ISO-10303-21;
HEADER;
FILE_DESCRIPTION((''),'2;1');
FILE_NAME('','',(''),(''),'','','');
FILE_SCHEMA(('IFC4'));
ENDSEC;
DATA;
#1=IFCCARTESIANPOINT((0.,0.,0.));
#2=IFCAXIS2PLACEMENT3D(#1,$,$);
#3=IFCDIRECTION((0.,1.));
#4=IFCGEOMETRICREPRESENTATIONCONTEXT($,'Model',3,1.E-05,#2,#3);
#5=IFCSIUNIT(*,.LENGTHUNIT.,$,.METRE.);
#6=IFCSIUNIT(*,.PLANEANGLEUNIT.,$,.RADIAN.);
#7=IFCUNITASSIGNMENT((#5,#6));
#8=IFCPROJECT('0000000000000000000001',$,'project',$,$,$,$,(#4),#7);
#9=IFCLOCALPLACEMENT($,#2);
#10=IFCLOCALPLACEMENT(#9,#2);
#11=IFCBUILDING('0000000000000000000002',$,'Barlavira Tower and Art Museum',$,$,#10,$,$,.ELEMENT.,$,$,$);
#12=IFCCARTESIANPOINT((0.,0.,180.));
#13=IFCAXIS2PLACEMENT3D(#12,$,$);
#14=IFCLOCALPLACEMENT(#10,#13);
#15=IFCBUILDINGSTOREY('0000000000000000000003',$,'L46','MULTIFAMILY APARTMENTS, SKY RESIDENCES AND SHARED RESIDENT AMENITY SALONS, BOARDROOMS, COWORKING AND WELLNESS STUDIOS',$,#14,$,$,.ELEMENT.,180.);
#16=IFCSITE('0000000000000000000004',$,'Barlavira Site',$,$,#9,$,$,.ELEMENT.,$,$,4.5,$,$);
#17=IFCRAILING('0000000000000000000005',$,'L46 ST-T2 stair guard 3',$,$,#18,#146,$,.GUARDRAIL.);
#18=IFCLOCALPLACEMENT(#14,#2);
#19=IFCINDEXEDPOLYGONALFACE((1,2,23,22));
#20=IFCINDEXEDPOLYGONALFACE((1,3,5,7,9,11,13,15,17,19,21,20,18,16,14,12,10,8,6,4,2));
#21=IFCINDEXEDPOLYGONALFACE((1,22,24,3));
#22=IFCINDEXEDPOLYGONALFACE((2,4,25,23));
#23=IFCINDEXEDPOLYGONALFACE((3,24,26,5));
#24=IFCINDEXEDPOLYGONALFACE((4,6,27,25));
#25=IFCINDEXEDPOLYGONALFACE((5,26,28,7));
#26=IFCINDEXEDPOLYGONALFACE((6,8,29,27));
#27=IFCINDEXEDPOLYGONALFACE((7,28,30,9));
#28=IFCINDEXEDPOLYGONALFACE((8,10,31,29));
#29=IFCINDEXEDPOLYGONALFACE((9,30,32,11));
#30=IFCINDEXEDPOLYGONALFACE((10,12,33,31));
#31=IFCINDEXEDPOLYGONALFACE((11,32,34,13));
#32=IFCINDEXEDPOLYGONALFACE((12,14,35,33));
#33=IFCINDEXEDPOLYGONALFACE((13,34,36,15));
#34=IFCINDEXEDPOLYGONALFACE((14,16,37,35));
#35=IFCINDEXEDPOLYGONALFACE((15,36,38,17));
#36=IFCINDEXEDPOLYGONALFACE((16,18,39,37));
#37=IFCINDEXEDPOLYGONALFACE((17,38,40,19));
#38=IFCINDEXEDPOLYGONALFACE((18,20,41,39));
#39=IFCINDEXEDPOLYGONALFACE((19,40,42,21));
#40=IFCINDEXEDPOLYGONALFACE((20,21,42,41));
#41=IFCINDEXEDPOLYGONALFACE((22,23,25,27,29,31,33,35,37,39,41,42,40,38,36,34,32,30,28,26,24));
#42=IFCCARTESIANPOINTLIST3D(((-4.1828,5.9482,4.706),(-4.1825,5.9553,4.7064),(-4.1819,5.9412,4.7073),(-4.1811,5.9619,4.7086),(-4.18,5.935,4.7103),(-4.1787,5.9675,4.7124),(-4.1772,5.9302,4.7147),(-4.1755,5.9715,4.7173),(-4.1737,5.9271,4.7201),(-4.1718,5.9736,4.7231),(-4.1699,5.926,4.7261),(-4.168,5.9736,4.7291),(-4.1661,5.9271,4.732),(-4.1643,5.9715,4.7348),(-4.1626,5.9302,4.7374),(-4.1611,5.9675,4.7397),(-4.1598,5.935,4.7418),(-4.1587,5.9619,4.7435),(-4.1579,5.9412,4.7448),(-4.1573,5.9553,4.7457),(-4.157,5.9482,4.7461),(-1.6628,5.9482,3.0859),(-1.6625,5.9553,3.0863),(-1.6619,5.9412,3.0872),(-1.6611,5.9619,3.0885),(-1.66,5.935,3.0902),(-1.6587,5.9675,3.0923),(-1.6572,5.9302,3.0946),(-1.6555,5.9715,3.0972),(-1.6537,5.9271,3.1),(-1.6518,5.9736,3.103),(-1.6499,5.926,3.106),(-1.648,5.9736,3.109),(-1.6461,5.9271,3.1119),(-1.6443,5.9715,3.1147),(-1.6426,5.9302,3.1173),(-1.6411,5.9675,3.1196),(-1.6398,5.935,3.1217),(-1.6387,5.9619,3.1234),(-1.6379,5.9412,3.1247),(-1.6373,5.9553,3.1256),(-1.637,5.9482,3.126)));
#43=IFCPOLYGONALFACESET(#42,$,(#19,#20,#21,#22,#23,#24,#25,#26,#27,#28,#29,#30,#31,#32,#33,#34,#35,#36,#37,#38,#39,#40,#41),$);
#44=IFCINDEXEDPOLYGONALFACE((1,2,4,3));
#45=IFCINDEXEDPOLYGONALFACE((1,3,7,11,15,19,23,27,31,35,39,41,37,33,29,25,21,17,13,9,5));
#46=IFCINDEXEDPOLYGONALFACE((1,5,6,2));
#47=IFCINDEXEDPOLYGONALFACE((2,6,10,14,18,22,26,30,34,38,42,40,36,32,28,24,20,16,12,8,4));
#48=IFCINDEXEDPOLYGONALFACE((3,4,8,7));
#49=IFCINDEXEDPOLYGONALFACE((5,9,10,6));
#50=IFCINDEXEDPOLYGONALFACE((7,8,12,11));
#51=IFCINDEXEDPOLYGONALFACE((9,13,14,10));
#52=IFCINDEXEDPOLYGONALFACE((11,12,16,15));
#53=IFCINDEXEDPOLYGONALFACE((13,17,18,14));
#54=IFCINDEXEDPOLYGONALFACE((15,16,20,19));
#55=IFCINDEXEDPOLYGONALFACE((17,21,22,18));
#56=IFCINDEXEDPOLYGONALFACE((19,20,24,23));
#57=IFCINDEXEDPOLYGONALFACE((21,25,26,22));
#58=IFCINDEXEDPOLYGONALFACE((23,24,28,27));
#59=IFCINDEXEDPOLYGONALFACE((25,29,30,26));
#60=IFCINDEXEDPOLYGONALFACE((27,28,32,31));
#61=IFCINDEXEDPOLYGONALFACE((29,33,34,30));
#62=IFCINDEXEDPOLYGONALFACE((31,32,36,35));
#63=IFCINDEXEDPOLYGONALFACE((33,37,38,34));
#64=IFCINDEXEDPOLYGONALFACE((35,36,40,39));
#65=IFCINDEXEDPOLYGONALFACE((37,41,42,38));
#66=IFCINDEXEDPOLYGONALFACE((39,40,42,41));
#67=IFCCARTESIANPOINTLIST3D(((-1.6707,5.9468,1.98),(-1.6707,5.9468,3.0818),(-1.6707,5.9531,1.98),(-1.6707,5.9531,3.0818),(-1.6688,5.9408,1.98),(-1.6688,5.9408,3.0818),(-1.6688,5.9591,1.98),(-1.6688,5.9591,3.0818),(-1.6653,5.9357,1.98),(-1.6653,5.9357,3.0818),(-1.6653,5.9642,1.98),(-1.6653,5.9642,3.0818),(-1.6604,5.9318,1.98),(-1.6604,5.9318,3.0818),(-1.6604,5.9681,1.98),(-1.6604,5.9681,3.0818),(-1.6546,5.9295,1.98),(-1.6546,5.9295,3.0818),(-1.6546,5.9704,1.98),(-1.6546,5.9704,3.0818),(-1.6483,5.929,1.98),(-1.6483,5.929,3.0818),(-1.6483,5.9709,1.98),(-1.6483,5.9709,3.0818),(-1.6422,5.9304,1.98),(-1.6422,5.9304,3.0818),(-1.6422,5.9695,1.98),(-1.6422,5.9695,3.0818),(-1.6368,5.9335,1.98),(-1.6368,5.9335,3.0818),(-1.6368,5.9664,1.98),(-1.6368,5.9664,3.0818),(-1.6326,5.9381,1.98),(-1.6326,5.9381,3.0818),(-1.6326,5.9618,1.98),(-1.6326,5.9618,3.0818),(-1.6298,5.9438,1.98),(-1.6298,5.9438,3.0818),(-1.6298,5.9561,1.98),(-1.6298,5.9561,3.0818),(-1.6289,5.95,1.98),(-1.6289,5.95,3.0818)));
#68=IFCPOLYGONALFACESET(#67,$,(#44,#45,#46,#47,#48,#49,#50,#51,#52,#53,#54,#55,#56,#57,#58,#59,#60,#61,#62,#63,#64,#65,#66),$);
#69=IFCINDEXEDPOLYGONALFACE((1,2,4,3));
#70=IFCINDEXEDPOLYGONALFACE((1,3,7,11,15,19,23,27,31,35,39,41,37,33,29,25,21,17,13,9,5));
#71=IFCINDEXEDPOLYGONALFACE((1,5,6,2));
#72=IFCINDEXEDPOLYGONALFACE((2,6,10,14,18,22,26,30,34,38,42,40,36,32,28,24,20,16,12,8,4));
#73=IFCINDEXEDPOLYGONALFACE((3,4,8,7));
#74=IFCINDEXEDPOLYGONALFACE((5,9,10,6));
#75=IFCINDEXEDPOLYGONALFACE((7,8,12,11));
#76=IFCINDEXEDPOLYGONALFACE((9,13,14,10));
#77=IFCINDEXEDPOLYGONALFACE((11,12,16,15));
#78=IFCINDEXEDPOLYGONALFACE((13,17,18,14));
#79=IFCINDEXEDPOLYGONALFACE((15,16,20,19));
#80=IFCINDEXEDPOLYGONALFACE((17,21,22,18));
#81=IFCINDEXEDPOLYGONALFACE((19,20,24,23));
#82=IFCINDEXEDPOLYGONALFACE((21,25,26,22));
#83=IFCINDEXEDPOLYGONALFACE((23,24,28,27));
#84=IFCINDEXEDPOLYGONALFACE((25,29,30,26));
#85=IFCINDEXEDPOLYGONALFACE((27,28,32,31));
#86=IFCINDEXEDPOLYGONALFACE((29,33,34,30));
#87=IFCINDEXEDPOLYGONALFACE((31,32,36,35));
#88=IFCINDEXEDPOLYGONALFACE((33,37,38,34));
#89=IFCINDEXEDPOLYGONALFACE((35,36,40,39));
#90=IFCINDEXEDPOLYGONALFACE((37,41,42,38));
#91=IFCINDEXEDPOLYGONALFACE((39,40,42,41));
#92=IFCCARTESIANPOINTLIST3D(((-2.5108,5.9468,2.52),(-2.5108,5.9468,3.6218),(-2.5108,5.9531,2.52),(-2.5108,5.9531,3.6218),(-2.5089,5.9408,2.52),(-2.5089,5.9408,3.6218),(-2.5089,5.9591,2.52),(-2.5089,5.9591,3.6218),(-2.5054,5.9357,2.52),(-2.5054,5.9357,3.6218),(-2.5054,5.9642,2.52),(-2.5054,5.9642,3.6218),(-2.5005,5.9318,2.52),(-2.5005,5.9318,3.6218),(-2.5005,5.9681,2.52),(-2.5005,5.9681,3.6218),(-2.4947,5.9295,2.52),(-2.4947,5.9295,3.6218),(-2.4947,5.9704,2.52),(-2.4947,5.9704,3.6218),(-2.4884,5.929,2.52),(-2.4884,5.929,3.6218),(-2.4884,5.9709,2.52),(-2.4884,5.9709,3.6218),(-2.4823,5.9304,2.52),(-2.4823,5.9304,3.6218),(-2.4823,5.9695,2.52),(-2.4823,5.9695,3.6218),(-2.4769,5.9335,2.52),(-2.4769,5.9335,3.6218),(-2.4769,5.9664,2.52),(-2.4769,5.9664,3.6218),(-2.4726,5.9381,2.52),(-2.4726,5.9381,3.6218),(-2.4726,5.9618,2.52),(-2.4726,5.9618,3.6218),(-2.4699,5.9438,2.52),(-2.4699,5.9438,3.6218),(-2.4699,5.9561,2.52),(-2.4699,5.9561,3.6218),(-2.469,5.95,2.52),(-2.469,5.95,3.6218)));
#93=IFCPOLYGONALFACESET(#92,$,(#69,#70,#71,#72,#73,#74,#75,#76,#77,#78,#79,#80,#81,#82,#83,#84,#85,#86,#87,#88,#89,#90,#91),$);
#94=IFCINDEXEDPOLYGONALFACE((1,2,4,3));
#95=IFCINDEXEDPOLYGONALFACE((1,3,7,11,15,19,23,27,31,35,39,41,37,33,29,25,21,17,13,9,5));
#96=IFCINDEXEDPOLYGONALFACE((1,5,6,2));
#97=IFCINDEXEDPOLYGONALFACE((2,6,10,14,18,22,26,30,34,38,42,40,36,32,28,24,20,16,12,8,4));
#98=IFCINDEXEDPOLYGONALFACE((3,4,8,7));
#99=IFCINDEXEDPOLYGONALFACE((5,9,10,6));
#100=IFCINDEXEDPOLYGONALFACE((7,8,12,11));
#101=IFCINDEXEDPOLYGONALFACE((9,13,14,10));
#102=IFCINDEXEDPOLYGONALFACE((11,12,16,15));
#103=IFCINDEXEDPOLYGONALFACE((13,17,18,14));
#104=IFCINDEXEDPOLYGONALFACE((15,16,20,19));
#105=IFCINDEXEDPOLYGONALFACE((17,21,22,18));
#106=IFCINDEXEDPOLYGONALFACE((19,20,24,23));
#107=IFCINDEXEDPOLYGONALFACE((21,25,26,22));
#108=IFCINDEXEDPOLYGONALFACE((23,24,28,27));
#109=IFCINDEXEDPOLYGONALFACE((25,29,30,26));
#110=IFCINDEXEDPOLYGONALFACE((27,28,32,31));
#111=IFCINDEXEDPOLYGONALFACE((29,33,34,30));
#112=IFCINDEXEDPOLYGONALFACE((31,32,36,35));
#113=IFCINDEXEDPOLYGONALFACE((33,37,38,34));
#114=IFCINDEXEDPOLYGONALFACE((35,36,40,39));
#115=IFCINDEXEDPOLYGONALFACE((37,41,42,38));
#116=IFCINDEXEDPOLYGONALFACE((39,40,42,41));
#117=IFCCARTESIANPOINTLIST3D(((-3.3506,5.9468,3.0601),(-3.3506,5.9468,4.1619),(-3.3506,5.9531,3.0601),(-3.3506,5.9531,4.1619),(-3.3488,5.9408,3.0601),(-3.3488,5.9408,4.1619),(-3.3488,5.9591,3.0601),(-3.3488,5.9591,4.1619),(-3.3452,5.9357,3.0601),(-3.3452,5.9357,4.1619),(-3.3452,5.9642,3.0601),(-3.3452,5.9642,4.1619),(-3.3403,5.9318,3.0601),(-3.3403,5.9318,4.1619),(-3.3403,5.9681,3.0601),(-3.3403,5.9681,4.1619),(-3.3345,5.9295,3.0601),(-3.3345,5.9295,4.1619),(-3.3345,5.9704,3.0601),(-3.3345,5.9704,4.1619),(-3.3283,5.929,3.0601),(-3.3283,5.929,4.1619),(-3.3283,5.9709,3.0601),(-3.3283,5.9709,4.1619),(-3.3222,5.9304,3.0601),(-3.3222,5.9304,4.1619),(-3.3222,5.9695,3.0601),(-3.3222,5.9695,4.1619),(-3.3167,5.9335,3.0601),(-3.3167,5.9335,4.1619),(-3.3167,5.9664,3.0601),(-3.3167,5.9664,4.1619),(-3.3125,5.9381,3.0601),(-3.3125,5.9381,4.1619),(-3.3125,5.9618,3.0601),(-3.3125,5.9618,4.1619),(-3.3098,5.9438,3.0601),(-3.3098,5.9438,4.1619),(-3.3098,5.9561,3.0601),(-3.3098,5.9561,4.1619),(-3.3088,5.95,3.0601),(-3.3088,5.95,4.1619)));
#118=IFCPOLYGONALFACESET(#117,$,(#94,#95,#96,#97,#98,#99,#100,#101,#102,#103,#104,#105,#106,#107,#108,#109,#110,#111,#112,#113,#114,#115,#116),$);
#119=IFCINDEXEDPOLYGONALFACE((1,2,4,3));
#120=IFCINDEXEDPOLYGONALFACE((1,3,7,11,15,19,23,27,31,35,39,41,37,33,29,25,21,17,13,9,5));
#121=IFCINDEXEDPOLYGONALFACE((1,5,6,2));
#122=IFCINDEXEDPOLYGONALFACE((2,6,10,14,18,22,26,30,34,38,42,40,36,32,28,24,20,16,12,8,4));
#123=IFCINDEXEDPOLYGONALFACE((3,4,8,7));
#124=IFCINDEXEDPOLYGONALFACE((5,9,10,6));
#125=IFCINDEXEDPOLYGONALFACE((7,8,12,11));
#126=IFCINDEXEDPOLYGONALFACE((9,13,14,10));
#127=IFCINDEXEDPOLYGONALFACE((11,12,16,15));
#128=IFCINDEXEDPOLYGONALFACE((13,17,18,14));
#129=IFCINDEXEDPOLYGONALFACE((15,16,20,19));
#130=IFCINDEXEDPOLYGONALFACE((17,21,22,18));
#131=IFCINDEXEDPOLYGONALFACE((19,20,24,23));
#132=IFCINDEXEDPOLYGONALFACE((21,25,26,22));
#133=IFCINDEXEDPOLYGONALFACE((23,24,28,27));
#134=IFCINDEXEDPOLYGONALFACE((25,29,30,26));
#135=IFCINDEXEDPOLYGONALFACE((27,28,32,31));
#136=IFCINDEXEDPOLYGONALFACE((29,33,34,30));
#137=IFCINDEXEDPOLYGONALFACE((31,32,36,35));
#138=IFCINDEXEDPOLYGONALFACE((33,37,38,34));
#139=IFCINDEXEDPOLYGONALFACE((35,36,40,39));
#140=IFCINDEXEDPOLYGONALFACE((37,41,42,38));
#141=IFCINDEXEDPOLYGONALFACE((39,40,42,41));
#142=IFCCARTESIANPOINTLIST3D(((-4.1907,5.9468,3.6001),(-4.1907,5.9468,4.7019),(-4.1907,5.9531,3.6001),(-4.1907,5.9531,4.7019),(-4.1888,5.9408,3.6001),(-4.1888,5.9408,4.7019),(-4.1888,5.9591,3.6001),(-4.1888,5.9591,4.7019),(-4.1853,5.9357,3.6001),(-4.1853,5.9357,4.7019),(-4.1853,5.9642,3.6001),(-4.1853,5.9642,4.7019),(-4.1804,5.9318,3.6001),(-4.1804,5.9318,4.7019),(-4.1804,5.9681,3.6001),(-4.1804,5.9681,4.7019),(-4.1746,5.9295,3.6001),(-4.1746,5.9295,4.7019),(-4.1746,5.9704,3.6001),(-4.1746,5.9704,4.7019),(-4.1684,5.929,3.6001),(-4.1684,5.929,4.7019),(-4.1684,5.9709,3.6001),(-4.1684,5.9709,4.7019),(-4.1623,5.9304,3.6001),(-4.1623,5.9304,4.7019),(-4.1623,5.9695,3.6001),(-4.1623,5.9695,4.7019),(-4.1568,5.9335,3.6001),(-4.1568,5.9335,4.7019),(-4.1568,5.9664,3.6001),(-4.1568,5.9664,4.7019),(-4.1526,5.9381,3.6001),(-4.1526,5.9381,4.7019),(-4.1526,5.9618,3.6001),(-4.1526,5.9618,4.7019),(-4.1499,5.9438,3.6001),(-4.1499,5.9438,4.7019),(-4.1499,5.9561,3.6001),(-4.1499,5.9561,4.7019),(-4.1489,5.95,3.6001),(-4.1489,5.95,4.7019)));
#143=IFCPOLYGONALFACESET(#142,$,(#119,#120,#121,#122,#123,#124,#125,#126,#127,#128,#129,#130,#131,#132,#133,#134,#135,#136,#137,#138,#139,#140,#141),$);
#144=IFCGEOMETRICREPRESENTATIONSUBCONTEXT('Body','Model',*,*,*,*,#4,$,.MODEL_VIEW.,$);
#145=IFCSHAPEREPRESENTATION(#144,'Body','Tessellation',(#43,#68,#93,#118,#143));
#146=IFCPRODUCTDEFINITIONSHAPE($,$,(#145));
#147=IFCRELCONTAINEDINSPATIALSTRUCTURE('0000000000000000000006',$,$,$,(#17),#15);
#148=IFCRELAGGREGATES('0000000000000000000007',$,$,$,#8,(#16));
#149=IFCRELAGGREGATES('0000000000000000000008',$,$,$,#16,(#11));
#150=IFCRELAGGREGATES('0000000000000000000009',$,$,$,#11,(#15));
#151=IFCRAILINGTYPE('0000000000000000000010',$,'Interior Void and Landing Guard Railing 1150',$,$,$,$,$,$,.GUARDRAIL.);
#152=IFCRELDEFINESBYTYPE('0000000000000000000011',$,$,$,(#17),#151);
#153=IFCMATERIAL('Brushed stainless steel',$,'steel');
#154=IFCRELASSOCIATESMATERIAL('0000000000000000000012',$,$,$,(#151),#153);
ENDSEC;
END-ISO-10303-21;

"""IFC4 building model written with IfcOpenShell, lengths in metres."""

from ifc_helpers import new_model, si_unit, direction, frame, origin, origin_2d, place, context, subcontext, project, spatial, circle, extrude, material, type_object, element, save


model = new_model("IFC4")

# Units and contexts
model_context = context("Model", 3, precision=1e-05, world=origin(), true_north=direction((0.0, 1.0)))
body_context = subcontext(model_context, "Body", "Model", "MODEL_VIEW")
ifc_project = project(units=[si_unit("LENGTHUNIT", "METRE"), si_unit("PLANEANGLEUNIT", "RADIAN")], contexts=[model_context])

# Site, building, storey
site_placement = place(None, origin())
site = spatial("IfcSite", under=ifc_project, at=site_placement, Name="Barlavira Site", CompositionType="ELEMENT", RefElevation=4.5)
building_placement = place(site_placement, origin())
building = spatial("IfcBuilding", under=site, at=building_placement, Name="Barlavira Tower and Art Museum", CompositionType="ELEMENT")
storey_placement = place(building_placement, frame((0.0, 0.0, 180.0)))
storey = spatial("IfcBuildingStorey", under=building, at=storey_placement, Name="L46", Description="MULTIFAMILY APARTMENTS, SKY RESIDENCES AND SHARED RESIDENT AMENITY SALONS, BOARDROOMS, COWORKING AND WELLNESS STUDIOS", CompositionType="ELEMENT", Elevation=180.0)

# Shared definitions
ifc_material_1 = material(Name="Brushed stainless steel", Category="steel")

# Railing
railing_type_1 = type_object("IfcRailingType", Name="Interior Void and Landing Guard Railing 1150", PredefinedType="GUARDRAIL", material=ifc_material_1)
railing_1_placement = place(storey_placement, frame((-1.6499, 5.95, 1.98)))
element("IfcRailing", 1, at=railing_1_placement, inside=storey, type_object=railing_type_1, Name="L46 ST-T2 stair guard 3", PredefinedType="GUARDRAIL", context=body_context, shape_type="SweptSolid", body=[
    extrude(circle(Radius=0.0239, at=origin_2d()), frame((0.0, 0.0, 1.126), z_axis=(-0.841163, 0.0, 0.540782), x_axis=(0.0, -1.0, 0.0)), (0.0, 0.0, 1.0), 2.9958),
    extrude(circle(Radius=0.021, at=origin_2d()), origin(), (0.0, 0.0, 1.0), 1.1018),
    extrude(circle(Radius=0.021, at=origin_2d()), frame((-0.8401, 0.0, 0.54)), (0.0, 0.0, 1.0), 1.1018),
    extrude(circle(Radius=0.021, at=origin_2d()), frame((-1.6799, 0.0, 1.0801)), (0.0, 0.0, 1.0), 1.1018),
    extrude(circle(Radius=0.021, at=origin_2d()), frame((-2.52, 0.0, 1.6201)), (0.0, 0.0, 1.0), 1.1018),
])

save(model, "model.ifc")
